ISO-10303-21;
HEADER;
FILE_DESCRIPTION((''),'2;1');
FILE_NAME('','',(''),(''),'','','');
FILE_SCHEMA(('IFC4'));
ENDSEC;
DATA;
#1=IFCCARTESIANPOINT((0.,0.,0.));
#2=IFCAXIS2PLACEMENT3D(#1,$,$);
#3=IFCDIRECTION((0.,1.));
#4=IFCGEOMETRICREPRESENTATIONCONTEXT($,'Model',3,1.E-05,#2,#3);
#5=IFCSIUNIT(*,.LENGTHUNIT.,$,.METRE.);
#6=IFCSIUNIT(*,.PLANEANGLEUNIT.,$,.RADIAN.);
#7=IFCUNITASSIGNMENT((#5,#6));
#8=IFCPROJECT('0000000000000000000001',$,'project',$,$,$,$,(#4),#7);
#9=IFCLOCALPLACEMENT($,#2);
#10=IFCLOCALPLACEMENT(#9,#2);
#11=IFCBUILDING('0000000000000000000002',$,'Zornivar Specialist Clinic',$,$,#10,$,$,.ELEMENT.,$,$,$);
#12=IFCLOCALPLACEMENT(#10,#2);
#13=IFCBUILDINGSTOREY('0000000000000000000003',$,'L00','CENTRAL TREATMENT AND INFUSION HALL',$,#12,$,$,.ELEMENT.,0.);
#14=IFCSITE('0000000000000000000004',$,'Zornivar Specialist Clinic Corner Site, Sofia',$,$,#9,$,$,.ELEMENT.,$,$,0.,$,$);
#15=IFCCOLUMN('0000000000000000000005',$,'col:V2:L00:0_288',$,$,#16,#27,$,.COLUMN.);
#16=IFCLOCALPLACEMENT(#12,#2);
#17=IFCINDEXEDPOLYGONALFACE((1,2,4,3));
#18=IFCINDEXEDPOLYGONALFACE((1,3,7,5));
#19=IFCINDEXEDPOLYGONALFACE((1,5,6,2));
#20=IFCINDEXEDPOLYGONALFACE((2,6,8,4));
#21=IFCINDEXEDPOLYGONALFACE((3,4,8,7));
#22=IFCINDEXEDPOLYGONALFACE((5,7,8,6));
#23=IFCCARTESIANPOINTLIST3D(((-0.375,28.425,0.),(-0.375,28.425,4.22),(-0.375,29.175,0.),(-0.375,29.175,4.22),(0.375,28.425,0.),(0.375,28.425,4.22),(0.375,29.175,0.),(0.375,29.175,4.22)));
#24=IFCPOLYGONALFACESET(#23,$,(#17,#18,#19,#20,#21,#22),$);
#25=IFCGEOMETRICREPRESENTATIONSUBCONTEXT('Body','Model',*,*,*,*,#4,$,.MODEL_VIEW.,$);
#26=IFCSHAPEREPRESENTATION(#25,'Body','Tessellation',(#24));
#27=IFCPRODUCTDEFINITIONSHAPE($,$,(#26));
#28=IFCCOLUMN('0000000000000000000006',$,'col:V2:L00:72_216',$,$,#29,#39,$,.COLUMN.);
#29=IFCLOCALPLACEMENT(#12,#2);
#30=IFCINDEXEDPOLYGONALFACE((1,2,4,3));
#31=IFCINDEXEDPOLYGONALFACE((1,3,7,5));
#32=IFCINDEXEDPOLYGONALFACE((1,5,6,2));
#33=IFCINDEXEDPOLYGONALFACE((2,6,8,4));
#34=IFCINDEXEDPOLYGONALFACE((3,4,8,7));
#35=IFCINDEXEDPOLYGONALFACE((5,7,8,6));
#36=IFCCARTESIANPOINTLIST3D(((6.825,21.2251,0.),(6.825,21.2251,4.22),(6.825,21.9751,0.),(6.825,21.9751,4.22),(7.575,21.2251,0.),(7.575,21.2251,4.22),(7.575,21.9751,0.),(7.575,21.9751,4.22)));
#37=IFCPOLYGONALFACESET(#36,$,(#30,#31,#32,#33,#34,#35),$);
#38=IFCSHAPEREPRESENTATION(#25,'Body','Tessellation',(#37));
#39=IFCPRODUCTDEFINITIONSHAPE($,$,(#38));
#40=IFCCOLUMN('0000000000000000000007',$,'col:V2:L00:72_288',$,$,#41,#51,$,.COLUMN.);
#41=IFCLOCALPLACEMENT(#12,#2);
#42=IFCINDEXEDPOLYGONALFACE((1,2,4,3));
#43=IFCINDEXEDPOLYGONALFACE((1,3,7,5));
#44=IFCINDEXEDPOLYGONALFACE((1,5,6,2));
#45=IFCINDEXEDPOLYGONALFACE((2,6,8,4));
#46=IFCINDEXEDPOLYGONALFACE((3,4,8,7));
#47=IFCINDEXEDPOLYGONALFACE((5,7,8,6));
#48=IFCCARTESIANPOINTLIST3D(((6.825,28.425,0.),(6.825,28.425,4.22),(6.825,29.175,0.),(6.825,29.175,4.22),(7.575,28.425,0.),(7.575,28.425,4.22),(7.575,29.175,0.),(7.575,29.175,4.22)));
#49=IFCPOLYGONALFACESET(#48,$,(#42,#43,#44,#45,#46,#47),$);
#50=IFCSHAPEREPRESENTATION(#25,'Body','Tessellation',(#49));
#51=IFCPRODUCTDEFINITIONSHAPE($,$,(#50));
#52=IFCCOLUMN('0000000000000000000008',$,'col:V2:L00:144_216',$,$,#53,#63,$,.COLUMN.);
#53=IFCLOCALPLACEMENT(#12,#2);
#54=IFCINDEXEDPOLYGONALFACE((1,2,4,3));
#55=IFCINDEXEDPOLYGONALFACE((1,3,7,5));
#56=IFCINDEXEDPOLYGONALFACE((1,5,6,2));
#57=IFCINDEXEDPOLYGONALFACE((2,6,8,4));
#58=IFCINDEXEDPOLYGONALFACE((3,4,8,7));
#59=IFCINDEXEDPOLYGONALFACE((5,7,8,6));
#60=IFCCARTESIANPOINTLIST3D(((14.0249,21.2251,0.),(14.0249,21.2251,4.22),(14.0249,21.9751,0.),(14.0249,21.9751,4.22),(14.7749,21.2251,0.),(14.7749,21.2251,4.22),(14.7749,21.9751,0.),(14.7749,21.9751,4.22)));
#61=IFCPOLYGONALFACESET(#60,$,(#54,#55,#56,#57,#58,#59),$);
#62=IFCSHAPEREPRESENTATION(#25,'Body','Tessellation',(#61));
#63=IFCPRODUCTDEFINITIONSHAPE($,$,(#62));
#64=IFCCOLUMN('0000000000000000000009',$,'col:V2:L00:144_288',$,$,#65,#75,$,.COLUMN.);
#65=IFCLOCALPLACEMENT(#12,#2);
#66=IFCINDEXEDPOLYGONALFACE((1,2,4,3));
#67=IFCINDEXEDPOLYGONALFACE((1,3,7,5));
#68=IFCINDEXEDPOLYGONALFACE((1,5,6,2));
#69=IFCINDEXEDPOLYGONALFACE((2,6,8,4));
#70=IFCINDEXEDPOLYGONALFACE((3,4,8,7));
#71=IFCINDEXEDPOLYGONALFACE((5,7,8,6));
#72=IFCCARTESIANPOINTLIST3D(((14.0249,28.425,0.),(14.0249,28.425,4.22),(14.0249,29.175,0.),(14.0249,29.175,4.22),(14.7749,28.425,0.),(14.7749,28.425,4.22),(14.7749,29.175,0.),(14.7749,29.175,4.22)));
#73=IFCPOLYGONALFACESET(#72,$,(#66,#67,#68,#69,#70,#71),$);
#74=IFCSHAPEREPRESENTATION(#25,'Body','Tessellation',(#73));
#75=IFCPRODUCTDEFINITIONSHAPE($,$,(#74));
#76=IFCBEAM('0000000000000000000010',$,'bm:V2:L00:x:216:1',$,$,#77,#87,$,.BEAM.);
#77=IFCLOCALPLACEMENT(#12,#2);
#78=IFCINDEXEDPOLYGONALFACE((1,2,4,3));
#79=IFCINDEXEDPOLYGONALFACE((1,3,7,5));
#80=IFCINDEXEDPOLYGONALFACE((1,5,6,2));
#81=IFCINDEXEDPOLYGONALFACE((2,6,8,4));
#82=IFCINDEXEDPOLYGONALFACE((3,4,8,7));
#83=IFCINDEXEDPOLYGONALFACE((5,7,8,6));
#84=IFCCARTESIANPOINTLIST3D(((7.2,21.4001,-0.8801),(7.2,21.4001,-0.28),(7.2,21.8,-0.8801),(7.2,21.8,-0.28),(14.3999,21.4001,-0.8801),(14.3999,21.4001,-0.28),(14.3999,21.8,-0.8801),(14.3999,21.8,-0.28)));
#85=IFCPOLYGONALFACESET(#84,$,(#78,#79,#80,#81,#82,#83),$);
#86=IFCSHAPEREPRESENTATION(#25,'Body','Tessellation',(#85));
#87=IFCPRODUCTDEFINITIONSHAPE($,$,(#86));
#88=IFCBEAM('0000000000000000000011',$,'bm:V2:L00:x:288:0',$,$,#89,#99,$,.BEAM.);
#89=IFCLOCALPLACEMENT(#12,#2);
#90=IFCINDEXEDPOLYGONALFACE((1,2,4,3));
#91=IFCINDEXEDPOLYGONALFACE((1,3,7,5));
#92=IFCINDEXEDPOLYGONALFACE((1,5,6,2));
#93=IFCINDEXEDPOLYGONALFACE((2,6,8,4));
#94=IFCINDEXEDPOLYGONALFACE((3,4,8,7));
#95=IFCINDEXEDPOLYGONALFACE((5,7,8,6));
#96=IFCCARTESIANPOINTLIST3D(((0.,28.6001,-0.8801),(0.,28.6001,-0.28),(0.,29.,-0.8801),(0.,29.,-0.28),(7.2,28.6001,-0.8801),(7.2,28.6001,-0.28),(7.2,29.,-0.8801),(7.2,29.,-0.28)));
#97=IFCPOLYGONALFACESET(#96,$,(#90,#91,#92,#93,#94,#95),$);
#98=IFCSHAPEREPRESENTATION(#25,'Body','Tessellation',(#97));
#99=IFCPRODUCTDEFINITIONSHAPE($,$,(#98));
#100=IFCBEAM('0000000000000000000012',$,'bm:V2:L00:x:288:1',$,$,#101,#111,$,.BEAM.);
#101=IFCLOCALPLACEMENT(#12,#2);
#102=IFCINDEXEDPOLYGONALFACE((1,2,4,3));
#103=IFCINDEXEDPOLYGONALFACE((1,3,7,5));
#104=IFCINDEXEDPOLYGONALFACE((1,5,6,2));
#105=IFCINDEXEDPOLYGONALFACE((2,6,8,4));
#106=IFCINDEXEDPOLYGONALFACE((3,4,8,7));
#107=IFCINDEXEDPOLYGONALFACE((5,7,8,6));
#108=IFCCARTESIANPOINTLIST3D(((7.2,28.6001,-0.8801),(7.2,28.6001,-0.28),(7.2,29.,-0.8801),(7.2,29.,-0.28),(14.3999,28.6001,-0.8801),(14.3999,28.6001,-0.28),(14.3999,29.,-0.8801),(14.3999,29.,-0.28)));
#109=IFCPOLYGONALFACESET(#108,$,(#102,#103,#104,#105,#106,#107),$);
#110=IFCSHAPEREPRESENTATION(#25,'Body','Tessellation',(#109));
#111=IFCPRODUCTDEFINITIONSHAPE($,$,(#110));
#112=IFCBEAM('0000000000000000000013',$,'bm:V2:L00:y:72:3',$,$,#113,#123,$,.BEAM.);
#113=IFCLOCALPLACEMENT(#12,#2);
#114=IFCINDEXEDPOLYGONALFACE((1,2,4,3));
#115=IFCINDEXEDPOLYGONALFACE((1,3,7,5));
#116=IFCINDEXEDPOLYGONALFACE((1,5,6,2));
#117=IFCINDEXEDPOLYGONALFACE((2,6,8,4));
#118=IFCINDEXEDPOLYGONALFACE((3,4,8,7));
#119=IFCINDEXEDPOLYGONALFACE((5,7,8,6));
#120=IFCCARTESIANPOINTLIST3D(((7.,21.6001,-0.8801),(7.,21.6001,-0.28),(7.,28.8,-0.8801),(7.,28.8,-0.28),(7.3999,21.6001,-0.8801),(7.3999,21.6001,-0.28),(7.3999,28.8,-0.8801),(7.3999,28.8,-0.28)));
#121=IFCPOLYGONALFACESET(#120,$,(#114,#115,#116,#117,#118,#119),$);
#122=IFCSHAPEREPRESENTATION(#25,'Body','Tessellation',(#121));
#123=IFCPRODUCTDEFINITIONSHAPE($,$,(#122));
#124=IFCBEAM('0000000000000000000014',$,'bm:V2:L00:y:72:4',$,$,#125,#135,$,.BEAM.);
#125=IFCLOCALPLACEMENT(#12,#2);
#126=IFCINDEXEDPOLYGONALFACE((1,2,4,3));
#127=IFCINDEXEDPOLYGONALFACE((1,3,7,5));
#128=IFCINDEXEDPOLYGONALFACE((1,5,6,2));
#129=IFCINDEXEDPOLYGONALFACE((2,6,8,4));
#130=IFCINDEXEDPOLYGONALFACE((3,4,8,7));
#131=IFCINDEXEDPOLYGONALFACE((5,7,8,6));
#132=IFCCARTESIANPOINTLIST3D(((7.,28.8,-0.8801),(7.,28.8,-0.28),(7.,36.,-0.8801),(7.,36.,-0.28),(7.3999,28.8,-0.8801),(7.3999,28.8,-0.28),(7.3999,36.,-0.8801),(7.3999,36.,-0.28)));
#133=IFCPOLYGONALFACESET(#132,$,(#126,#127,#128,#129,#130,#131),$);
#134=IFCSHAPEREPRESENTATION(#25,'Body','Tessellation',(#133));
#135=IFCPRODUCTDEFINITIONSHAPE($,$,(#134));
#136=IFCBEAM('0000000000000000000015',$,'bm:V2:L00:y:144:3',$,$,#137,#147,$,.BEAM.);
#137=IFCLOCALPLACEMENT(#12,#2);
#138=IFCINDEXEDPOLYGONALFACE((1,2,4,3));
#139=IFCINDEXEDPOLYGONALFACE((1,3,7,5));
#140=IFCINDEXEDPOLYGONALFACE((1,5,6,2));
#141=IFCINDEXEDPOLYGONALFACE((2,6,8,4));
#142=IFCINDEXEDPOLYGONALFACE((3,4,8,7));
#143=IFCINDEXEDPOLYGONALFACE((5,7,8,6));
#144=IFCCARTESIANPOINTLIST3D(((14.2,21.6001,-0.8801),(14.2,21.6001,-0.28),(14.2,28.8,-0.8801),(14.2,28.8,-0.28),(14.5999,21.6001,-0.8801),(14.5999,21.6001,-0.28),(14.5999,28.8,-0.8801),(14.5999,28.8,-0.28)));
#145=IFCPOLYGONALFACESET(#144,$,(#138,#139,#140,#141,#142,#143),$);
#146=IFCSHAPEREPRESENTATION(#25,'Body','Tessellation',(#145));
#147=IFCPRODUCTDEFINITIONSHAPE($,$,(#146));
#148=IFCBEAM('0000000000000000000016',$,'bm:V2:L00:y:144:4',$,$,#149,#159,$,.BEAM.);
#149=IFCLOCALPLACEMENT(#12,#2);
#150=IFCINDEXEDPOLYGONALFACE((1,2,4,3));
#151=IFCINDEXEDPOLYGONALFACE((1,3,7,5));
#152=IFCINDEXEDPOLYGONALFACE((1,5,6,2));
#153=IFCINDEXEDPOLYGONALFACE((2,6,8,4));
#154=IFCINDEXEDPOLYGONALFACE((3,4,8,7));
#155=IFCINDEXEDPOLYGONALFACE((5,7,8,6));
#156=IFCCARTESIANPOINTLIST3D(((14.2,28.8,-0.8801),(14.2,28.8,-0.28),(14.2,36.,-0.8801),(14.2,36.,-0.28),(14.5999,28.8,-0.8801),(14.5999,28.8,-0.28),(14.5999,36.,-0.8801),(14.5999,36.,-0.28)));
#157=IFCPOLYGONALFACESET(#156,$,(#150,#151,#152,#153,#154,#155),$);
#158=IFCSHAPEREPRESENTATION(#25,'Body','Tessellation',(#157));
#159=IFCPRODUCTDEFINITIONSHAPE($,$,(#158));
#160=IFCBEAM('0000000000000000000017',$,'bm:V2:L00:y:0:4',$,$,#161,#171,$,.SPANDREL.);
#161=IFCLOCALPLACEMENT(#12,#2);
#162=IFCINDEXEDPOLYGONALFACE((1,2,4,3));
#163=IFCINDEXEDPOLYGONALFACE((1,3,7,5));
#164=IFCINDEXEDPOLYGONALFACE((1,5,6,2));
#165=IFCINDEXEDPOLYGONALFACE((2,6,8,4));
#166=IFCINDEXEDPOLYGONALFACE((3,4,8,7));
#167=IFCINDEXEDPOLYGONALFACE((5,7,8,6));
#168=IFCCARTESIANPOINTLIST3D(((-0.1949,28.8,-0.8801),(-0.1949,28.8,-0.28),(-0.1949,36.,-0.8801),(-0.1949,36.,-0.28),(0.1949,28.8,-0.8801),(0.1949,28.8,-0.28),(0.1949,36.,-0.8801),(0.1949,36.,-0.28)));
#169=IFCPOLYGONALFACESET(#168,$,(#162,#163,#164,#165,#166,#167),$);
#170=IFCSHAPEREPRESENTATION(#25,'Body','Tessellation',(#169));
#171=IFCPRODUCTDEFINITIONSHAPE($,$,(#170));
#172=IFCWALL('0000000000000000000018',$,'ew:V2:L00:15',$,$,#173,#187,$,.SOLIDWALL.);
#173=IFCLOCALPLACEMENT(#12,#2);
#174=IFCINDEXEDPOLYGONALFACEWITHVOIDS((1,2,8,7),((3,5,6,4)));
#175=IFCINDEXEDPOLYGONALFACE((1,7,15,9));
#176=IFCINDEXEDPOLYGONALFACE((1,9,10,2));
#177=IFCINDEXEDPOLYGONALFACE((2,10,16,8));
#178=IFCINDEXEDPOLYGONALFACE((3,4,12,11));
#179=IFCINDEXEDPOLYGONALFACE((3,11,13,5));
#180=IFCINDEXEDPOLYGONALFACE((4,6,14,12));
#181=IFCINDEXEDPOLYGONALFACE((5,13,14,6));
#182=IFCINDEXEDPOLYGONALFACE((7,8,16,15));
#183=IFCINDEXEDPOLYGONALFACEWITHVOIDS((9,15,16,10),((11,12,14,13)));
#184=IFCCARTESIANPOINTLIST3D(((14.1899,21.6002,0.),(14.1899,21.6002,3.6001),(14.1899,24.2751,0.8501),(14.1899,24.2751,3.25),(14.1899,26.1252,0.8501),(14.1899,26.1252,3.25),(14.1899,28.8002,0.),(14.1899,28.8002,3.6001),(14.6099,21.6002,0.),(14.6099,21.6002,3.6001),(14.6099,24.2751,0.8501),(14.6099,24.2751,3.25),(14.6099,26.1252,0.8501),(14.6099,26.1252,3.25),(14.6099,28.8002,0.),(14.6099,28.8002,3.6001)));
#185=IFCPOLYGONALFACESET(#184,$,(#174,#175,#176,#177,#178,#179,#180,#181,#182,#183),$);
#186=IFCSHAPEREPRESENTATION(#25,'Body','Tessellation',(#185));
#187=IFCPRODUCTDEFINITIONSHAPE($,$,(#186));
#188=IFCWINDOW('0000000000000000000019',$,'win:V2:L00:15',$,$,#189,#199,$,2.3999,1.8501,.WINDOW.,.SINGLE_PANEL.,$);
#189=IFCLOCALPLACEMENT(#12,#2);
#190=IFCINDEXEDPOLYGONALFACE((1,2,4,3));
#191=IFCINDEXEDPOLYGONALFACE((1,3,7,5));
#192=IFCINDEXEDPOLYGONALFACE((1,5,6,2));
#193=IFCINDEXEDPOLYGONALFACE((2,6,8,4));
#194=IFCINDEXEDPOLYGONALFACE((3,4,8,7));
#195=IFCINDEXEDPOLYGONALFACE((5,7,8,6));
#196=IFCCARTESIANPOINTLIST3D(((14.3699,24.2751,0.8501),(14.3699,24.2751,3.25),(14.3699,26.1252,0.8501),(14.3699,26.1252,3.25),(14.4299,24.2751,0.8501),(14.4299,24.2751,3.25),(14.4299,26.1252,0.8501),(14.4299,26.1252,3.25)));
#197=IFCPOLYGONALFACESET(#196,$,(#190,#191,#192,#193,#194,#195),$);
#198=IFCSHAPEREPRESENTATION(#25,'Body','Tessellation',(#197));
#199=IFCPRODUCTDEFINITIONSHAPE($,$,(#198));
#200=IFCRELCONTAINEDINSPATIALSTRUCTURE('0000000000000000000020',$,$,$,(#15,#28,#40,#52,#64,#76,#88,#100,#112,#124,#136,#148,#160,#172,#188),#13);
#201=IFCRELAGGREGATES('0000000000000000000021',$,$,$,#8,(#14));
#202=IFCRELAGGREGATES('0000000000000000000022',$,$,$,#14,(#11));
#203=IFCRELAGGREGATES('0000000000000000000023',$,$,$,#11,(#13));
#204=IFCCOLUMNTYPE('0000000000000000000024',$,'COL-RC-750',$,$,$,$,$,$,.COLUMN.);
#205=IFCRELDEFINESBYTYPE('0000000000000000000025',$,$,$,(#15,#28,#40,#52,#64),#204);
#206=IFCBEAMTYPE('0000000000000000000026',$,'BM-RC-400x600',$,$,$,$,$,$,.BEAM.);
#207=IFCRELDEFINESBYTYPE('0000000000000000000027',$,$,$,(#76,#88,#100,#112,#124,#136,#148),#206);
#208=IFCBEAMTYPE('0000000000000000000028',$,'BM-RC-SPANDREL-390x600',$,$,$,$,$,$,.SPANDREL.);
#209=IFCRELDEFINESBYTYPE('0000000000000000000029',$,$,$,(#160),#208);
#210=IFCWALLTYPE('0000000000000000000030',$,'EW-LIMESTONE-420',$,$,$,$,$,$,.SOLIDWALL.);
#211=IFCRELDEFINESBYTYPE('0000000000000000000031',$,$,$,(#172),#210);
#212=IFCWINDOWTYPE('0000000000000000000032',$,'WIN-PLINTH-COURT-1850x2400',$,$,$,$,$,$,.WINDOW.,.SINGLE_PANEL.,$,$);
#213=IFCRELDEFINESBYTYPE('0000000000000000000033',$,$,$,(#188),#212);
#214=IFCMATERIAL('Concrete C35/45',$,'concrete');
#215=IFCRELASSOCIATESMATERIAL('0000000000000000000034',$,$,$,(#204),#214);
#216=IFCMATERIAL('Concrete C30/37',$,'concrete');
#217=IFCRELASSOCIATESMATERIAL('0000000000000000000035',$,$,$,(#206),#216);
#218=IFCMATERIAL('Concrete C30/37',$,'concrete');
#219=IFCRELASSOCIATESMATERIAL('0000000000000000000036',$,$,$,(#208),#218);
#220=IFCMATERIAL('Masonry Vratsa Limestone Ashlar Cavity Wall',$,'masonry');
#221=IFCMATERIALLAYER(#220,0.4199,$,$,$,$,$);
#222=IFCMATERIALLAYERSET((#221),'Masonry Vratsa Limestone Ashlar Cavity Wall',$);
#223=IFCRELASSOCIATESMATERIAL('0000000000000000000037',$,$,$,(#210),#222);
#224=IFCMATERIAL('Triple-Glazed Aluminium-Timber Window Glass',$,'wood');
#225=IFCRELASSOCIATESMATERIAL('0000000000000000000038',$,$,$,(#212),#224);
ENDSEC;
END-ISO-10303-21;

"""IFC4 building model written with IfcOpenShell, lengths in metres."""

from ifc_helpers import new_model, si_unit, direction, frame, frame_2d, origin, origin_2d, place, context, subcontext, project, spatial, rectangle, extrude, material, layer, layer_set, material_profile, profile_set, type_object, element, fill, save


model = new_model("IFC4")

# Units and contexts
model_context = context("Model", 3, precision=1e-05, world=origin(), true_north=direction((0.0, 1.0)))
body_context = subcontext(model_context, "Body", "Model", "MODEL_VIEW")
ifc_project = project(units=[si_unit("LENGTHUNIT", "METRE"), si_unit("PLANEANGLEUNIT", "RADIAN")], contexts=[model_context])

# Site, building, storey
site_placement = place(None, origin())
site = spatial("IfcSite", under=ifc_project, at=site_placement, Name="Zornivar Specialist Clinic Corner Site, Sofia", CompositionType="ELEMENT", RefElevation=0.0)
building_placement = place(site_placement, origin())
building = spatial("IfcBuilding", under=site, at=building_placement, Name="Zornivar Specialist Clinic", CompositionType="ELEMENT")
storey_placement = place(building_placement, origin())
storey = spatial("IfcBuildingStorey", under=building, at=storey_placement, Name="L00", Description="CENTRAL TREATMENT AND INFUSION HALL", CompositionType="ELEMENT", Elevation=0.0)

# Columns
ifc_material_1 = material(Name="Concrete C35/45", Category="concrete")
ifc_material_profile_1 = material_profile(ifc_material_1, rectangle(XDim=0.75, YDim=0.75, at=origin_2d()), Name="RC 750x750")
ifc_profile_set_1 = profile_set([ifc_material_profile_1], Name="Concrete C35/45")
column_type = type_object("IfcColumnType", Name="COL-RC-750", PredefinedType="COLUMN", material=ifc_profile_set_1)
for number, where, z_axis, x_axis, name in (
    (1, (0.0, 28.8, 0.0), (0.0, 0.0, 1.0), (1.0, 0.0, 0.0), "col:V2:L00:0_288"),
    (2, (7.2, 21.6001, 0.0), (0.0, 0.0, 1.0), (1.0, 0.0, 0.0), "col:V2:L00:72_216"),
    (3, (7.2, 28.8, 0.0), (0.0, 0.0, 1.0), (1.0, 0.0, 0.0), "col:V2:L00:72_288"),
    (4, (14.3999, 21.6001, 0.0), (0.0, 0.0, 1.0), (1.0, 0.0, 0.0), "col:V2:L00:144_216"),
    (5, (14.3999, 28.8, 0.0), (0.0, 0.0, 1.0), (1.0, 0.0, 0.0), "col:V2:L00:144_288"),
):
    element("IfcColumn", number, at=place(storey_placement, frame(where, z_axis=z_axis, x_axis=x_axis)), inside=storey, type_object=column_type, Name=name, PredefinedType="COLUMN", context=body_context, shape_type="SweptSolid", body=[
        extrude(rectangle(XDim=0.75, YDim=0.75, at=origin_2d()), origin(), (0.0, 0.0, 1.0), 4.22),
    ])

# Beams
ifc_material_2 = material(Name="Concrete C30/37", Category="concrete")
ifc_material_profile_2 = material_profile(ifc_material_2, rectangle(XDim=0.3999, YDim=0.6001, at=origin_2d()), Name="RC 400x600")
ifc_profile_set_2 = profile_set([ifc_material_profile_2], Name="Concrete C30/37")
beam_type_1 = type_object("IfcBeamType", Name="BM-RC-400x600", PredefinedType="BEAM", material=ifc_profile_set_2)
for number, where, z_axis, x_axis, name in (
    (6, (7.2, 21.6001, -0.5801), (1.0, 0.0, 0.0), (0.0, 1.0, 0.0), "bm:V2:L00:x:216:1"),
    (7, (0.0, 28.8, -0.5801), (1.0, 0.0, 0.0), (0.0, 1.0, 0.0), "bm:V2:L00:x:288:0"),
    (8, (7.2, 28.8, -0.5801), (1.0, 0.0, 0.0), (0.0, 1.0, 0.0), "bm:V2:L00:x:288:1"),
    (9, (7.2, 21.6001, -0.5801), (0.0, 1.0, 0.0), (-1.0, 0.0, 0.0), "bm:V2:L00:y:72:3"),
    (10, (7.2, 28.8, -0.5801), (0.0, 1.0, 0.0), (-1.0, 0.0, 0.0), "bm:V2:L00:y:72:4"),
    (11, (14.3999, 21.6001, -0.5801), (0.0, 1.0, 0.0), (-1.0, 0.0, 0.0), "bm:V2:L00:y:144:3"),
    (12, (14.3999, 28.8, -0.5801), (0.0, 1.0, 0.0), (-1.0, 0.0, 0.0), "bm:V2:L00:y:144:4"),
):
    element("IfcBeam", number, at=place(storey_placement, frame(where, z_axis=z_axis, x_axis=x_axis)), inside=storey, type_object=beam_type_1, Name=name, PredefinedType="BEAM", context=body_context, shape_type="SweptSolid", body=[
        extrude(rectangle(XDim=0.3999, YDim=0.6001, at=origin_2d()), origin(), (0.0, 0.0, 1.0), 7.2),
    ])
ifc_material_3 = material(Name="Concrete C30/37", Category="concrete")
ifc_material_profile_3 = material_profile(ifc_material_3, rectangle(XDim=0.3899, YDim=0.6001, at=origin_2d()), Name="RC 390x600")
ifc_profile_set_3 = profile_set([ifc_material_profile_3], Name="Concrete C30/37")
beam_type_2 = type_object("IfcBeamType", Name="BM-RC-SPANDREL-390x600", PredefinedType="SPANDREL", material=ifc_profile_set_3)
beam_placement = place(storey_placement, frame((0.0, 28.8, -0.5801), z_axis=(0.0, 1.0, 0.0), x_axis=(-1.0, 0.0, 0.0)))
element("IfcBeam", 13, at=beam_placement, inside=storey, type_object=beam_type_2, Name="bm:V2:L00:y:0:4", PredefinedType="SPANDREL", context=body_context, shape_type="SweptSolid", body=[
    extrude(rectangle(XDim=0.3899, YDim=0.6001, at=origin_2d()), origin(), (0.0, 0.0, 1.0), 7.2),
])

# Wall, opening, window
ifc_material_4 = material(Name="Masonry Vratsa Limestone Ashlar Cavity Wall", Category="masonry")
ifc_layer_1 = layer(ifc_material_4, 0.4199)
ifc_layer_set_1 = layer_set([ifc_layer_1], Name="Masonry Vratsa Limestone Ashlar Cavity Wall")
wall_type_1 = type_object("IfcWallType", Name="EW-LIMESTONE-420", PredefinedType="SOLIDWALL", material=ifc_layer_set_1)
wall_1_placement = place(storey_placement, frame((14.3999, 21.6001, 0.0), z_axis=(0.0, 0.0, 1.0), x_axis=(0.0, 1.0, 0.0)))
wall_1 = element("IfcWall", 14, at=wall_1_placement, inside=storey, type_object=wall_type_1, Name="ew:V2:L00:15", PredefinedType="SOLIDWALL", context=body_context, shape_type="SweptSolid", body=[
    extrude(rectangle(XDim=7.2, YDim=0.4199, at=frame_2d((3.6001, 0.0))), origin(), (0.0, 0.0, 1.0), 3.6001),
])
opening_1_placement = place(wall_1_placement, frame((2.675, 0.0, 0.8501)))
opening_1 = element("IfcOpeningElement", 15, at=opening_1_placement, cuts=wall_1, PredefinedType="OPENING", context=body_context, shape_type="SweptSolid", body=[
    extrude(rectangle(XDim=1.8501, YDim=2.3999, at=frame_2d((0.925, 1.2))), frame((0.0, 0.22, 0.0), z_axis=(0.0, -1.0, 0.0), x_axis=(1.0, 0.0, 0.0)), (0.0, 0.0, 1.0), 0.4399),
])
ifc_material_5 = material(Name="Triple-Glazed Aluminium-Timber Window Glass", Category="wood")
window_type_1 = type_object("IfcWindowType", Name="WIN-PLINTH-COURT-1850x2400", PartitioningType="SINGLE_PANEL", PredefinedType="WINDOW", material=ifc_material_5)
window_1_placement = place(opening_1_placement, origin())
window_1 = element("IfcWindow", 16, at=window_1_placement, inside=storey, type_object=window_type_1, Name="win:V2:L00:15", OverallHeight=2.3999, OverallWidth=1.8501, PartitioningType="SINGLE_PANEL", PredefinedType="WINDOW", context=body_context, shape_type="SweptSolid", body=[
    extrude(rectangle(XDim=1.8501, YDim=2.3999, at=frame_2d((0.925, 1.2))), frame((0.0, 0.03, 0.0), z_axis=(0.0, -1.0, 0.0), x_axis=(1.0, 0.0, 0.0)), (0.0, 0.0, 1.0), 0.0601),
])
fill(opening_1, window_1)

save(model, "model.ifc")
